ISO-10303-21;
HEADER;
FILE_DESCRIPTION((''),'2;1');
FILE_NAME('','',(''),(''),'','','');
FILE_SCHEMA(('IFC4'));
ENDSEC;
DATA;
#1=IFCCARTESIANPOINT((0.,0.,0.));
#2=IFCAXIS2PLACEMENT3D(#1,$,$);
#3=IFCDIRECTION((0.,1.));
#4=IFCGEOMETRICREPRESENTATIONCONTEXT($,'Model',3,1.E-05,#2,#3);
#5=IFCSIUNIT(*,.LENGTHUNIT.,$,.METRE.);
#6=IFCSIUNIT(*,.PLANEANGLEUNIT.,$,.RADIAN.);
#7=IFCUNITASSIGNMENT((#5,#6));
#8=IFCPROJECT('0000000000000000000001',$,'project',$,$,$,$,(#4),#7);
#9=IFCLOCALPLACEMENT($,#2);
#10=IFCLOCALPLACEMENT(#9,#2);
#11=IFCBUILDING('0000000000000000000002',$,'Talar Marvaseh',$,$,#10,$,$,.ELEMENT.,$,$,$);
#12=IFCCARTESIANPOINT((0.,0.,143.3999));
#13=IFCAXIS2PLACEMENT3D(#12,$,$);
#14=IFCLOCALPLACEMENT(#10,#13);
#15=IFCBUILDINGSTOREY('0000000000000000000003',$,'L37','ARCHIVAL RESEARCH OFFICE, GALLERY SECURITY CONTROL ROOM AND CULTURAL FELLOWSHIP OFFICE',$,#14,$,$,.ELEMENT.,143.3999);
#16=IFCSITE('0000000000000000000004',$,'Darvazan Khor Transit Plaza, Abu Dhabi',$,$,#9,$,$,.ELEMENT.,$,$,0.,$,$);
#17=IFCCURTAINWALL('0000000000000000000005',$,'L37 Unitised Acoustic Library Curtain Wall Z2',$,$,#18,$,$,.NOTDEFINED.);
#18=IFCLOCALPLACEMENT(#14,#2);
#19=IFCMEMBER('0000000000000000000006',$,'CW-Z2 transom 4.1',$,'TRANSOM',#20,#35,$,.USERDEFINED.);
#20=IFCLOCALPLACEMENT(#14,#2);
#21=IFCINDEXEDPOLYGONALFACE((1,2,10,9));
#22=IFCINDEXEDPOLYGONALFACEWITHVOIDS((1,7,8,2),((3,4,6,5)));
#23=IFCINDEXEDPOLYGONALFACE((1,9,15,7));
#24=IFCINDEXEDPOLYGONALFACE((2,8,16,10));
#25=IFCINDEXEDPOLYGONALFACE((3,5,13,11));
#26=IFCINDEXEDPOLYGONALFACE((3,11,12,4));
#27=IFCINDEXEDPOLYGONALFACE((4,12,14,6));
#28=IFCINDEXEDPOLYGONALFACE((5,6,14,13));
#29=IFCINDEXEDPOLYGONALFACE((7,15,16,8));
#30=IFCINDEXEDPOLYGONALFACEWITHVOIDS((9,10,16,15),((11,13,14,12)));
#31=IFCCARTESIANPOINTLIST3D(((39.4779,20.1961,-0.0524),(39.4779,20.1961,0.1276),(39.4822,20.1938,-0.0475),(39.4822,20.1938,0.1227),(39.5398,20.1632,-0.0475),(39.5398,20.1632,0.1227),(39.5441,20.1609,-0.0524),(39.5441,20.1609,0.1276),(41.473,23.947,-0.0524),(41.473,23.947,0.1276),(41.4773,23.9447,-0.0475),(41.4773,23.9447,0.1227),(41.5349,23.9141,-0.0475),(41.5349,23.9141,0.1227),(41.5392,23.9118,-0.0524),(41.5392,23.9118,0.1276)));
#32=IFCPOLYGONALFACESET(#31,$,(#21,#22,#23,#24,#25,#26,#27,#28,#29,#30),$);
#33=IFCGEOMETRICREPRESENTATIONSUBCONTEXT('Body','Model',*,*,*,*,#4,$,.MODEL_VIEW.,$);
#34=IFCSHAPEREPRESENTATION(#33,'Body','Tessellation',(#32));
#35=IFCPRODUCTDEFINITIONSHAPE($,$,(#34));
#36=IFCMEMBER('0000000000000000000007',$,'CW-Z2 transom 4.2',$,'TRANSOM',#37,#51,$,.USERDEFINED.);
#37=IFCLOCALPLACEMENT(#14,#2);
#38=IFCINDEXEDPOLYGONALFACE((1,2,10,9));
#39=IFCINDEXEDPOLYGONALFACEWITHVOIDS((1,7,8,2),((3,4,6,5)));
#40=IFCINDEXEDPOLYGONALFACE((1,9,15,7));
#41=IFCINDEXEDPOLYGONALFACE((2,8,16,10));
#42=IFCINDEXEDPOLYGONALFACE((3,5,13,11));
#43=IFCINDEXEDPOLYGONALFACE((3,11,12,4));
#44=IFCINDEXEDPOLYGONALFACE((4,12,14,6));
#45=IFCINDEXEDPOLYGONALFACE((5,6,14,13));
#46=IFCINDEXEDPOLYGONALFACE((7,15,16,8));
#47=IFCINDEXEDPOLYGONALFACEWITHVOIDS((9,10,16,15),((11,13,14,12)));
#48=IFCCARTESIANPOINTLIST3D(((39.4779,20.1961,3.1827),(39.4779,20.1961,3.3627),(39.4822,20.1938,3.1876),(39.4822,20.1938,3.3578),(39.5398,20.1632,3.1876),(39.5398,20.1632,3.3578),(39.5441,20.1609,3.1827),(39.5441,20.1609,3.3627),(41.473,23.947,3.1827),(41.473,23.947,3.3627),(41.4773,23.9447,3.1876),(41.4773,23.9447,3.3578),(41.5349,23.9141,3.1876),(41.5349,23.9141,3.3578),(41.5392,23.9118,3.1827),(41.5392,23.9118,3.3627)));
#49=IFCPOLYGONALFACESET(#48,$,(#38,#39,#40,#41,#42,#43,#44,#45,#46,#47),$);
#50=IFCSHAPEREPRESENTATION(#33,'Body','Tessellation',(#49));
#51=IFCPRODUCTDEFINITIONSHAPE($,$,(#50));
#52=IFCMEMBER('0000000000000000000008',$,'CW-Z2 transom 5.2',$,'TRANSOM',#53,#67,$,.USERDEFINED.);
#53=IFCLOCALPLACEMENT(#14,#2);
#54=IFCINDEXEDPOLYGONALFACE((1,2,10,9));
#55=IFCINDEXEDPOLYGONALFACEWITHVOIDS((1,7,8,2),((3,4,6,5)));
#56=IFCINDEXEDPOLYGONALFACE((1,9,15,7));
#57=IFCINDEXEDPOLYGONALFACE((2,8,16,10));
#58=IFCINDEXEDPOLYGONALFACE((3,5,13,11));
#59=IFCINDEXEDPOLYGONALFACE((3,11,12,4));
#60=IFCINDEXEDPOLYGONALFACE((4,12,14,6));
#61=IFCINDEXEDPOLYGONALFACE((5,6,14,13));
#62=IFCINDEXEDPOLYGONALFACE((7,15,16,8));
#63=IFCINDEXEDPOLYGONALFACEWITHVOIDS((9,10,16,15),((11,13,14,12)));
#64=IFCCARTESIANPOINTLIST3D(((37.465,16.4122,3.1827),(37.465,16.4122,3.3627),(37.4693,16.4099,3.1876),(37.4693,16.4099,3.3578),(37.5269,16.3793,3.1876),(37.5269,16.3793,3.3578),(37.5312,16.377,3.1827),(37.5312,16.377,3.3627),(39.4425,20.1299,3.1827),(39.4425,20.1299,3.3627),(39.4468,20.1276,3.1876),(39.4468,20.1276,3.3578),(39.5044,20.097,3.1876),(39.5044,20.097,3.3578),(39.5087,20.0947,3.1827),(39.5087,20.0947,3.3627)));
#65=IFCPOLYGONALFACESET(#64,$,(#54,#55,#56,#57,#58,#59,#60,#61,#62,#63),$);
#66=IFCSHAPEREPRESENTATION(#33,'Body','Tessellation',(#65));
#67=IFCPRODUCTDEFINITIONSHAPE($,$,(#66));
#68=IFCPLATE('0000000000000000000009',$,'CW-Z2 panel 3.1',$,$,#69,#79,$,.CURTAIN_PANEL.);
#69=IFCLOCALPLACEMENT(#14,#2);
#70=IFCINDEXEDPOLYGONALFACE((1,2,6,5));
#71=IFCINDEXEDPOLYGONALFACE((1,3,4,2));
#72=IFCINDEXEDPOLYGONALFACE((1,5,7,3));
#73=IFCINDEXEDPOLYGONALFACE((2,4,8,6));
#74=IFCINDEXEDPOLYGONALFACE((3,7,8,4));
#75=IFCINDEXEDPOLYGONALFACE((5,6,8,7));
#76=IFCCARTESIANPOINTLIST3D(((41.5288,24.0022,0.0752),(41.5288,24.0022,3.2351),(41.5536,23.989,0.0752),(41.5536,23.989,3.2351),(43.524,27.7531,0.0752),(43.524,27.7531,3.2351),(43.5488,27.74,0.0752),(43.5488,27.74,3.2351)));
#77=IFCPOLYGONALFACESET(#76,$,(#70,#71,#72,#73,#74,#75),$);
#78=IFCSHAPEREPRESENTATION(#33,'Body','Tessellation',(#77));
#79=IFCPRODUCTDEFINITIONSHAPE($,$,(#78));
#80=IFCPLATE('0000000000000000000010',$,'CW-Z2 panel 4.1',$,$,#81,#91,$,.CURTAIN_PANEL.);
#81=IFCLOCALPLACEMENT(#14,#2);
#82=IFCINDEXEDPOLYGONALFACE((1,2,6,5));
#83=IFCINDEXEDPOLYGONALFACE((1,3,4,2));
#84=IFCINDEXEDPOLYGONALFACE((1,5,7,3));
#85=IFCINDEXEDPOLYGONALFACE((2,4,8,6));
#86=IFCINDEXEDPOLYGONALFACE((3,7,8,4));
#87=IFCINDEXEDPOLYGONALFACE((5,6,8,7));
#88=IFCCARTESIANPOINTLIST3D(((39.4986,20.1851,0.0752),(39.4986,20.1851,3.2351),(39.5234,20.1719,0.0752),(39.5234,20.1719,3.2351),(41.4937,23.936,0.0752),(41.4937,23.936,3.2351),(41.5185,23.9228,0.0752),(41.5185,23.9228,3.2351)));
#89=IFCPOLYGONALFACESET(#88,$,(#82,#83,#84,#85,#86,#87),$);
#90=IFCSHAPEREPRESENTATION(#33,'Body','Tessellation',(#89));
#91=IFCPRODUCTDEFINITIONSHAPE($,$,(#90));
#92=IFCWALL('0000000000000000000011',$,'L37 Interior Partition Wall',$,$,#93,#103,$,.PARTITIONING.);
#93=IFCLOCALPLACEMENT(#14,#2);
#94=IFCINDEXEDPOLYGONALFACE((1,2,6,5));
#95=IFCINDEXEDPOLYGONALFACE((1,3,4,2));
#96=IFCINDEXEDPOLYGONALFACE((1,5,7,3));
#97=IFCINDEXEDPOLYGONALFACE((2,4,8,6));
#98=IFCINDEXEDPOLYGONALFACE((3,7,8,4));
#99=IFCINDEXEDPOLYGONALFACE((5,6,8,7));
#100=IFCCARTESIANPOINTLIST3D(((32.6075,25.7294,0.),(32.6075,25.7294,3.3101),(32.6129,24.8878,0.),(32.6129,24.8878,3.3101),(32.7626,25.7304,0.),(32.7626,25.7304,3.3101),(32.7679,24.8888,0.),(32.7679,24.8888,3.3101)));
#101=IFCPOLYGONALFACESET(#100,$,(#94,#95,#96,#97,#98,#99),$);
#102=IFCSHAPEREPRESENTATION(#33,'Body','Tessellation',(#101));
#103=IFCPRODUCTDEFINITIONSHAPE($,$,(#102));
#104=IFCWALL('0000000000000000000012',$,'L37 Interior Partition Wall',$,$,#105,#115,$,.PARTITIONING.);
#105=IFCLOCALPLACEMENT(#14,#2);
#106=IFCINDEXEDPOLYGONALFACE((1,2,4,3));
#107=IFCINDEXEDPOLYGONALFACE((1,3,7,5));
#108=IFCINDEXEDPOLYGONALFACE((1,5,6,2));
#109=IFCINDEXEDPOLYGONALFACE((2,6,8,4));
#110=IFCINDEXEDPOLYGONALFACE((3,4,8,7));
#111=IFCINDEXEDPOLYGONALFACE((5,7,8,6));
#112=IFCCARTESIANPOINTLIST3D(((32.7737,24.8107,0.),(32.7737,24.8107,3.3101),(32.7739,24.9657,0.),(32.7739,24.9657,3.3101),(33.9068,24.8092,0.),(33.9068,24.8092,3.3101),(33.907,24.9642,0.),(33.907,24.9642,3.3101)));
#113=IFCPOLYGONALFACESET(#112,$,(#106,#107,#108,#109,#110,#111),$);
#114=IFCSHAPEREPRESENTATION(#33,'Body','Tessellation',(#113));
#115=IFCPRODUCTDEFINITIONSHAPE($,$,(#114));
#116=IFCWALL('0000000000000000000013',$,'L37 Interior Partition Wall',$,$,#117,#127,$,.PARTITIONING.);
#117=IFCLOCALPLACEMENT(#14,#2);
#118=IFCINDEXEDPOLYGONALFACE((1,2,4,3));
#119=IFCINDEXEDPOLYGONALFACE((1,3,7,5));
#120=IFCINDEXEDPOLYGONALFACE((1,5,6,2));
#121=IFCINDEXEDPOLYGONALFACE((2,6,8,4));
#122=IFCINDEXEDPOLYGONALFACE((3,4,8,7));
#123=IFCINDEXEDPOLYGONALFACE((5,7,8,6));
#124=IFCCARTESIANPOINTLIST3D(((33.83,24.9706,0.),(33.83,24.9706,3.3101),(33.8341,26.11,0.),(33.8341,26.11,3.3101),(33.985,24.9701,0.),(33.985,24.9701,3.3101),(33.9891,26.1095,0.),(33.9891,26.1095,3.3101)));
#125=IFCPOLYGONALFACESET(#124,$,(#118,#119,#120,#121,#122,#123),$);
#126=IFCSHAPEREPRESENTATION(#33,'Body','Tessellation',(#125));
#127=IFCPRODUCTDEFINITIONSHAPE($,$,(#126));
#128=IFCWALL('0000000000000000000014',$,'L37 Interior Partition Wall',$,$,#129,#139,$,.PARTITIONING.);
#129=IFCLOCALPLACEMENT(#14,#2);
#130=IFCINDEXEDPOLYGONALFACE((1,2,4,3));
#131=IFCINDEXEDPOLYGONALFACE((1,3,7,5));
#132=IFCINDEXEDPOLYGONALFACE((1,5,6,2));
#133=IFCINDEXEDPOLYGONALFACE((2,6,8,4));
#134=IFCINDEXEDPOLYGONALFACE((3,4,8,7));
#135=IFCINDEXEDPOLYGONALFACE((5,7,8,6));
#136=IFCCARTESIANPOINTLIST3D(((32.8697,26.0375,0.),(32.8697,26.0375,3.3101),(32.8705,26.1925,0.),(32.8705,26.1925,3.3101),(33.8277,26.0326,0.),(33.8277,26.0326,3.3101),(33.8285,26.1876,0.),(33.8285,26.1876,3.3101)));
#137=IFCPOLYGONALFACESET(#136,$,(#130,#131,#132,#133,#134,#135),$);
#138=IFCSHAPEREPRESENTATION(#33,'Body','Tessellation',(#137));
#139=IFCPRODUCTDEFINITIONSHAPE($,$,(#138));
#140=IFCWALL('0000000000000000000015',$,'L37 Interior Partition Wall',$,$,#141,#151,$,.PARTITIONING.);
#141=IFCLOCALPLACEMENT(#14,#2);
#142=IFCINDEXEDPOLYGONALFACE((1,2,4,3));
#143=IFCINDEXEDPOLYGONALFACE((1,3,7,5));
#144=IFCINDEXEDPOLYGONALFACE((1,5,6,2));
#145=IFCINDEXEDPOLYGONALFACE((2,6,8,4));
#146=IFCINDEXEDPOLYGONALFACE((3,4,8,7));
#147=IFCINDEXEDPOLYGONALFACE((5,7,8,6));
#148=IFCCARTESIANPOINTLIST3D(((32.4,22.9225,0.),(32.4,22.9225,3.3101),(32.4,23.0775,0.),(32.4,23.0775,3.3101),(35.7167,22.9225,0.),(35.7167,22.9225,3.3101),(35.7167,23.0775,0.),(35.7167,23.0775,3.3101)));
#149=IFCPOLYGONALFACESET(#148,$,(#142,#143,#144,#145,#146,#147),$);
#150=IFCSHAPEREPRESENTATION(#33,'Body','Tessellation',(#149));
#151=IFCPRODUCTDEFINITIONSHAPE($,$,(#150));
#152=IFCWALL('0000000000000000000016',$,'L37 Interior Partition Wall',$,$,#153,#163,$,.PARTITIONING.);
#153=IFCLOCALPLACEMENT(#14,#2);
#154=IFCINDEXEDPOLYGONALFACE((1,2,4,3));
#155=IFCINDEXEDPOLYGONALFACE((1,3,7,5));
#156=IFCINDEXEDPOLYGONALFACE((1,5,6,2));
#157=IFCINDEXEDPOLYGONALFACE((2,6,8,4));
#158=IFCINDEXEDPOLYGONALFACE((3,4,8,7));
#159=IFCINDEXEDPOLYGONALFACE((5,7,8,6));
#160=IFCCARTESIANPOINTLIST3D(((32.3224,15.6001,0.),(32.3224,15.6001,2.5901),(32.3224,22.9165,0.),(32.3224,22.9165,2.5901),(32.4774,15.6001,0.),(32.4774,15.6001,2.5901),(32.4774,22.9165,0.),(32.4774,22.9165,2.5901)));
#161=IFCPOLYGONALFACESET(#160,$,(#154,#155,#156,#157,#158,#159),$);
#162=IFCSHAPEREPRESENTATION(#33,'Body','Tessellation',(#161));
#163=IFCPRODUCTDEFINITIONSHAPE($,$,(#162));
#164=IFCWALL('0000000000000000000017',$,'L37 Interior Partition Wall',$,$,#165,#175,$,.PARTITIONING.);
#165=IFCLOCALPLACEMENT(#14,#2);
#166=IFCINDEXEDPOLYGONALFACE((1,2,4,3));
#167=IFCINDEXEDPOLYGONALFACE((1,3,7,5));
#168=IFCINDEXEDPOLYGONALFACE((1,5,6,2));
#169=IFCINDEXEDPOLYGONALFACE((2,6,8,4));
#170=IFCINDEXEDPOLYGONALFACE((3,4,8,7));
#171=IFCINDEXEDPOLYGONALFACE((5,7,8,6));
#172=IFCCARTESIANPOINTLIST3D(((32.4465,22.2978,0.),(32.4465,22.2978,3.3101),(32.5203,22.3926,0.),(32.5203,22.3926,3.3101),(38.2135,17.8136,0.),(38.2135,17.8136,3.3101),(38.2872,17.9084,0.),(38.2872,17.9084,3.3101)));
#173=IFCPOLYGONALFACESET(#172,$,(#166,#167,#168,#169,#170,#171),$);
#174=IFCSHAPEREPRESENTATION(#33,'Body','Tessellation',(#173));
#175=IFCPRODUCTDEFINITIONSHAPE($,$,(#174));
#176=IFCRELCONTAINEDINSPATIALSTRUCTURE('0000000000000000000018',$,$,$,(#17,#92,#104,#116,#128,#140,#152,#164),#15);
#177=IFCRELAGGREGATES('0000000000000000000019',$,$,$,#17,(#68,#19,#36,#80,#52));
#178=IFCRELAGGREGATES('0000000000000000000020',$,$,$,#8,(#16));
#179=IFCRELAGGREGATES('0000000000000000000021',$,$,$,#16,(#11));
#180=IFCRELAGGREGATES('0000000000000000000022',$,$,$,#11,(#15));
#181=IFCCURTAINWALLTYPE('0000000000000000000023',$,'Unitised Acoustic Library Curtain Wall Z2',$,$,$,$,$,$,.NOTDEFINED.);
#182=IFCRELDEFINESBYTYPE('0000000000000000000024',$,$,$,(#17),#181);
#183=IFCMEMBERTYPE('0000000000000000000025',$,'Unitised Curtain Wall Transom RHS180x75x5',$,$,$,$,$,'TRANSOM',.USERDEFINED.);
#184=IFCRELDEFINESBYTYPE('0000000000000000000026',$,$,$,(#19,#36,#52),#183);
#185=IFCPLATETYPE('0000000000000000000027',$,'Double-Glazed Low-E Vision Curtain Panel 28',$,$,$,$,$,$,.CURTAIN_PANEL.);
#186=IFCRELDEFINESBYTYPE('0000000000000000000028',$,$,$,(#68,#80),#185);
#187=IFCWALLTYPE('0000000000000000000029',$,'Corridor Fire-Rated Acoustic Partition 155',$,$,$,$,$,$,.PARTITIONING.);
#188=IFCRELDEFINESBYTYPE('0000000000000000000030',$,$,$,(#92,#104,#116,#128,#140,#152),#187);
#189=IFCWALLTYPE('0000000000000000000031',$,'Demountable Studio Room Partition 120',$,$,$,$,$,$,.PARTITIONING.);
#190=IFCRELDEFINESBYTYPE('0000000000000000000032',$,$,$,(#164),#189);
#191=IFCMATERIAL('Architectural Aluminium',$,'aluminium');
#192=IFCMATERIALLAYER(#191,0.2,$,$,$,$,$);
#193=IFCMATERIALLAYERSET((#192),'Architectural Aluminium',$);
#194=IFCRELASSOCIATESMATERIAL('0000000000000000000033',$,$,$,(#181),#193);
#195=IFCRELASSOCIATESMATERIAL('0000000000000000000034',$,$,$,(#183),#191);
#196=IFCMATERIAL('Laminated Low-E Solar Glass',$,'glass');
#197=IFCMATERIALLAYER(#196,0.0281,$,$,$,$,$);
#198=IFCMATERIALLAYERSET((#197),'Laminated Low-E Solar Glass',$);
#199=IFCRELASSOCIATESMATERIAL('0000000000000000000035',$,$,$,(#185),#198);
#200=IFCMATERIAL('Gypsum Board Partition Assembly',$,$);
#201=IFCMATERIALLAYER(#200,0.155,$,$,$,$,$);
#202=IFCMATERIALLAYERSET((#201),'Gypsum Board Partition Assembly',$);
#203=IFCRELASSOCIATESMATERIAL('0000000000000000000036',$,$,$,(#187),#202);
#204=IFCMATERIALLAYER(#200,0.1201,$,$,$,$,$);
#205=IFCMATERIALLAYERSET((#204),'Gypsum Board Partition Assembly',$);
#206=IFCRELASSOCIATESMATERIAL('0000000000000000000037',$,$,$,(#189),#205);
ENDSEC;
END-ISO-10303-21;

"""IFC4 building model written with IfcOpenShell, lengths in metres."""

from ifc_helpers import new_model, si_unit, direction, frame, frame_2d, origin, origin_2d, place, context, subcontext, project, spatial, rectangle, hollow_rectangle, extrude, source, transform, mapped, material, layer, layer_set, material_profile, profile_set, type_object, type_shapes, element, aggregate, save


model = new_model("IFC4")

# Units and contexts
model_context = context("Model", 3, precision=1e-05, world=origin(), true_north=direction((0.0, 1.0)))
body_context = subcontext(model_context, "Body", "Model", "MODEL_VIEW")
ifc_project = project(units=[si_unit("LENGTHUNIT", "METRE"), si_unit("PLANEANGLEUNIT", "RADIAN")], contexts=[model_context])

# Site, building, storey
site_placement = place(None, origin())
site = spatial("IfcSite", under=ifc_project, at=site_placement, Name="Darvazan Khor Transit Plaza, Abu Dhabi", CompositionType="ELEMENT", RefElevation=0.0)
building_placement = place(site_placement, origin())
building = spatial("IfcBuilding", under=site, at=building_placement, Name="Talar Marvaseh", CompositionType="ELEMENT")
storey_placement = place(building_placement, frame((0.0, 0.0, 143.3999)))
storey = spatial("IfcBuildingStorey", under=building, at=storey_placement, Name="L37", Description="ARCHIVAL RESEARCH OFFICE, GALLERY SECURITY CONTROL ROOM AND CULTURAL FELLOWSHIP OFFICE", CompositionType="ELEMENT", Elevation=143.3999)

# Curtain wall, members, plates
ifc_material_1 = material(Name="Architectural Aluminium", Category="aluminium")
ifc_layer_1 = layer(ifc_material_1, 0.2)
ifc_layer_set_1 = layer_set([ifc_layer_1], Name="Architectural Aluminium")
curtain_wall_type = type_object("IfcCurtainWallType", Name="Unitised Acoustic Library Curtain Wall Z2", PredefinedType="NOTDEFINED", material=ifc_layer_set_1)
curtain_wall_placement = place(storey_placement, origin())
curtain_wall = element("IfcCurtainWall", 1, at=curtain_wall_placement, inside=storey, type_object=curtain_wall_type, Name="L37 Unitised Acoustic Library Curtain Wall Z2", PredefinedType="NOTDEFINED")
ifc_material_profile_1 = material_profile(ifc_material_1, hollow_rectangle(XDim=0.075, YDim=0.1799, WallThickness=0.0049, at=origin_2d()), Name="RHS180x75x5")
ifc_profile_set_1 = profile_set([ifc_material_profile_1], Name="Architectural Aluminium")
member_type_1 = type_object("IfcMemberType", Name="Unitised Curtain Wall Transom RHS180x75x5", ElementType="TRANSOM", PredefinedType="USERDEFINED", material=ifc_profile_set_1)
shared_shape_1 = source(origin(), body_context, "Body", "SweptSolid", [
    extrude(hollow_rectangle(XDim=0.075, YDim=0.1799, WallThickness=0.0049, at=origin_2d()), origin(), (0.0, 0.0, 1.0), 4.2485),
])
member_1_placement = place(storey_placement, frame((41.5061, 23.9294, 0.0376), z_axis=(-0.469598, -0.88288, 0.0), x_axis=(0.88288, -0.469598, 0.0)))
member_1 = element("IfcMember", 2, at=member_1_placement, type_object=member_type_1, Name="CW-Z2 transom 4.1", ObjectType="TRANSOM", PredefinedType="USERDEFINED", context=body_context, shape_type="MappedRepresentation", body=[
    mapped(shared_shape_1, transform((0.0, 0.0, 0.0), x_axis=(1.0, 0.0, 0.0), y_axis=(0.0, 1.0, 0.0), z_axis=(0.0, 0.0, 1.0), scale=1.0)),
])
member_2_placement = place(storey_placement, frame((41.5061, 23.9294, 3.2727), z_axis=(-0.469598, -0.88288, 0.0), x_axis=(0.88288, -0.469598, 0.0)))
member_2 = element("IfcMember", 3, at=member_2_placement, type_object=member_type_1, Name="CW-Z2 transom 4.2", ObjectType="TRANSOM", PredefinedType="USERDEFINED", context=body_context, shape_type="MappedRepresentation", body=[
    mapped(shared_shape_1, transform((0.0, 0.0, 0.0), x_axis=(1.0, 0.0, 0.0), y_axis=(0.0, 1.0, 0.0), z_axis=(0.0, 0.0, 1.0), scale=1.0)),
])
shared_shape_2 = source(origin(), body_context, "Body", "SweptSolid", [
    extrude(hollow_rectangle(XDim=0.075, YDim=0.1799, WallThickness=0.0049, at=origin_2d()), origin(), (0.0, 0.0, 1.0), 4.2109),
])
type_shapes(member_type_1, [shared_shape_1, shared_shape_2])
member_3_placement = place(storey_placement, frame((39.4756, 20.1123, 3.2727), z_axis=(-0.469613, -0.882872, 0.0), x_axis=(0.882872, -0.469613, 0.0)))
member_3 = element("IfcMember", 4, at=member_3_placement, type_object=member_type_1, Name="CW-Z2 transom 5.2", ObjectType="TRANSOM", PredefinedType="USERDEFINED", context=body_context, shape_type="MappedRepresentation", body=[
    mapped(shared_shape_2, transform((0.0, 0.0, 0.0), x_axis=(1.0, 0.0, 0.0), y_axis=(0.0, 1.0, 0.0), z_axis=(0.0, 0.0, 1.0), scale=1.0)),
])
ifc_material_2 = material(Name="Laminated Low-E Solar Glass", Category="glass")
ifc_layer_2 = layer(ifc_material_2, 0.0281)
ifc_layer_set_2 = layer_set([ifc_layer_2], Name="Laminated Low-E Solar Glass")
plate_type = type_object("IfcPlateType", Name="Double-Glazed Low-E Vision Curtain Panel 28", PredefinedType="CURTAIN_PANEL", material=ifc_layer_set_2)
shared_shape_3 = source(origin(), body_context, "Body", "SweptSolid", [
    extrude(rectangle(XDim=4.2485, YDim=0.0281, at=origin_2d()), origin(), (0.0, 0.0, 1.0), 3.1599),
])
type_shapes(plate_type, [shared_shape_3])
plate_1_placement = place(storey_placement, frame((42.5388, 25.8711, 0.0752), z_axis=(0.0, 0.0, 1.0), x_axis=(-0.469611, -0.882874, 0.0)))
plate_1 = element("IfcPlate", 5, at=plate_1_placement, type_object=plate_type, Name="CW-Z2 panel 3.1", PredefinedType="CURTAIN_PANEL", context=body_context, shape_type="MappedRepresentation", body=[
    mapped(shared_shape_3, transform((0.0, 0.0, 0.0), x_axis=(1.0, 0.0, 0.0), y_axis=(0.0, 1.0, 0.0), z_axis=(0.0, 0.0, 1.0), scale=1.0)),
])
plate_2_placement = place(storey_placement, frame((40.5085, 22.054, 0.0752), z_axis=(0.0, 0.0, 1.0), x_axis=(-0.469611, -0.882874, 0.0)))
plate_2 = element("IfcPlate", 6, at=plate_2_placement, type_object=plate_type, Name="CW-Z2 panel 4.1", PredefinedType="CURTAIN_PANEL", context=body_context, shape_type="MappedRepresentation", body=[
    mapped(shared_shape_3, transform((0.0, 0.0, 0.0), x_axis=(1.0, 0.0, 0.0), y_axis=(0.0, 1.0, 0.0), z_axis=(0.0, 0.0, 1.0), scale=1.0)),
])
aggregate(curtain_wall, [plate_1, member_1, member_2, plate_2, member_3])

# Walls
ifc_material_3 = material(Name="Gypsum Board Partition Assembly")
ifc_layer_3 = layer(ifc_material_3, 0.155)
ifc_layer_set_3 = layer_set([ifc_layer_3], Name="Gypsum Board Partition Assembly")
wall_type_1 = type_object("IfcWallType", Name="Corridor Fire-Rated Acoustic Partition 155", PredefinedType="PARTITIONING", material=ifc_layer_set_3)
wall_1_placement = place(storey_placement, frame((32.6851, 25.73, 0.0), z_axis=(0.0, 0.0, 1.0), x_axis=(0.006382, -0.99998, 0.0)))
element("IfcWall", 7, at=wall_1_placement, inside=storey, type_object=wall_type_1, Name="L37 Interior Partition Wall", PredefinedType="PARTITIONING", context=body_context, shape_type="SweptSolid", body=[
    extrude(rectangle(XDim=0.8416, YDim=0.155, at=frame_2d((0.4209, 0.0))), origin(), (0.0, 0.0, 1.0), 3.3101),
])
wall_2_placement = place(storey_placement, frame((32.7739, 24.8882, 0.0), z_axis=(0.0, 0.0, 1.0), x_axis=(0.999999, -0.001293, 0.0)))
element("IfcWall", 8, at=wall_2_placement, inside=storey, type_object=wall_type_1, Name="L37 Interior Partition Wall", PredefinedType="PARTITIONING", context=body_context, shape_type="SweptSolid", body=[
    extrude(rectangle(XDim=1.1331, YDim=0.155, at=frame_2d((0.5664, 0.0))), origin(), (0.0, 0.0, 1.0), 3.3101),
])
wall_3_placement = place(storey_placement, frame((33.9075, 24.9702, 0.0), z_axis=(0.0, 0.0, 1.0), x_axis=(0.003643, 0.999993, 0.0)))
element("IfcWall", 9, at=wall_3_placement, inside=storey, type_object=wall_type_1, Name="L37 Interior Partition Wall", PredefinedType="PARTITIONING", context=body_context, shape_type="SweptSolid", body=[
    extrude(rectangle(XDim=1.1394, YDim=0.155, at=frame_2d((0.5698, 0.0))), origin(), (0.0, 0.0, 1.0), 3.3101),
])
wall_4_placement = place(storey_placement, frame((33.8281, 26.1101, 0.0), z_axis=(0.0, 0.0, 1.0), x_axis=(-0.999987, 0.005097, 0.0)))
element("IfcWall", 10, at=wall_4_placement, inside=storey, type_object=wall_type_1, Name="L37 Interior Partition Wall", PredefinedType="PARTITIONING", context=body_context, shape_type="SweptSolid", body=[
    extrude(rectangle(XDim=0.958, YDim=0.155, at=frame_2d((0.479, 0.0))), origin(), (0.0, 0.0, 1.0), 3.3101),
])
wall_5_placement = place(storey_placement, frame((35.7166, 23.0, 0.0), z_axis=(0.0, 0.0, 1.0), x_axis=(-1.0, 0.0, 0.0)))
element("IfcWall", 11, at=wall_5_placement, inside=storey, type_object=wall_type_1, Name="L37 Interior Partition Wall", PredefinedType="PARTITIONING", context=body_context, shape_type="SweptSolid", body=[
    extrude(rectangle(XDim=3.3167, YDim=0.155, at=frame_2d((1.6582, 0.0))), origin(), (0.0, 0.0, 1.0), 3.3101),
])
wall_6_placement = place(storey_placement, frame((32.3999, 22.9165, 0.0), z_axis=(0.0, 0.0, 1.0), x_axis=(0.0, -1.0, 0.0)))
element("IfcWall", 12, at=wall_6_placement, inside=storey, type_object=wall_type_1, Name="L37 Interior Partition Wall", PredefinedType="PARTITIONING", context=body_context, shape_type="SweptSolid", body=[
    extrude(rectangle(XDim=7.3164, YDim=0.155, at=frame_2d((3.6582, 0.0))), origin(), (0.0, 0.0, 1.0), 2.5901),
])
ifc_layer_4 = layer(ifc_material_3, 0.1201)
ifc_layer_set_4 = layer_set([ifc_layer_4], Name="Gypsum Board Partition Assembly")
wall_type_2 = type_object("IfcWallType", Name="Demountable Studio Room Partition 120", PredefinedType="PARTITIONING", material=ifc_layer_set_4)
wall_7_placement = place(storey_placement, frame((32.4834, 22.3452, 0.0), z_axis=(0.0, 0.0, 1.0), x_axis=(0.789431, -0.613839, 0.0)))
element("IfcWall", 13, at=wall_7_placement, inside=storey, type_object=wall_type_2, Name="L37 Interior Partition Wall", PredefinedType="PARTITIONING", context=body_context, shape_type="SweptSolid", body=[
    extrude(rectangle(XDim=7.3052, YDim=0.1201, at=frame_2d((3.6526, 0.0))), origin(), (0.0, 0.0, 1.0), 3.3101),
])

save(model, "model.ifc")
